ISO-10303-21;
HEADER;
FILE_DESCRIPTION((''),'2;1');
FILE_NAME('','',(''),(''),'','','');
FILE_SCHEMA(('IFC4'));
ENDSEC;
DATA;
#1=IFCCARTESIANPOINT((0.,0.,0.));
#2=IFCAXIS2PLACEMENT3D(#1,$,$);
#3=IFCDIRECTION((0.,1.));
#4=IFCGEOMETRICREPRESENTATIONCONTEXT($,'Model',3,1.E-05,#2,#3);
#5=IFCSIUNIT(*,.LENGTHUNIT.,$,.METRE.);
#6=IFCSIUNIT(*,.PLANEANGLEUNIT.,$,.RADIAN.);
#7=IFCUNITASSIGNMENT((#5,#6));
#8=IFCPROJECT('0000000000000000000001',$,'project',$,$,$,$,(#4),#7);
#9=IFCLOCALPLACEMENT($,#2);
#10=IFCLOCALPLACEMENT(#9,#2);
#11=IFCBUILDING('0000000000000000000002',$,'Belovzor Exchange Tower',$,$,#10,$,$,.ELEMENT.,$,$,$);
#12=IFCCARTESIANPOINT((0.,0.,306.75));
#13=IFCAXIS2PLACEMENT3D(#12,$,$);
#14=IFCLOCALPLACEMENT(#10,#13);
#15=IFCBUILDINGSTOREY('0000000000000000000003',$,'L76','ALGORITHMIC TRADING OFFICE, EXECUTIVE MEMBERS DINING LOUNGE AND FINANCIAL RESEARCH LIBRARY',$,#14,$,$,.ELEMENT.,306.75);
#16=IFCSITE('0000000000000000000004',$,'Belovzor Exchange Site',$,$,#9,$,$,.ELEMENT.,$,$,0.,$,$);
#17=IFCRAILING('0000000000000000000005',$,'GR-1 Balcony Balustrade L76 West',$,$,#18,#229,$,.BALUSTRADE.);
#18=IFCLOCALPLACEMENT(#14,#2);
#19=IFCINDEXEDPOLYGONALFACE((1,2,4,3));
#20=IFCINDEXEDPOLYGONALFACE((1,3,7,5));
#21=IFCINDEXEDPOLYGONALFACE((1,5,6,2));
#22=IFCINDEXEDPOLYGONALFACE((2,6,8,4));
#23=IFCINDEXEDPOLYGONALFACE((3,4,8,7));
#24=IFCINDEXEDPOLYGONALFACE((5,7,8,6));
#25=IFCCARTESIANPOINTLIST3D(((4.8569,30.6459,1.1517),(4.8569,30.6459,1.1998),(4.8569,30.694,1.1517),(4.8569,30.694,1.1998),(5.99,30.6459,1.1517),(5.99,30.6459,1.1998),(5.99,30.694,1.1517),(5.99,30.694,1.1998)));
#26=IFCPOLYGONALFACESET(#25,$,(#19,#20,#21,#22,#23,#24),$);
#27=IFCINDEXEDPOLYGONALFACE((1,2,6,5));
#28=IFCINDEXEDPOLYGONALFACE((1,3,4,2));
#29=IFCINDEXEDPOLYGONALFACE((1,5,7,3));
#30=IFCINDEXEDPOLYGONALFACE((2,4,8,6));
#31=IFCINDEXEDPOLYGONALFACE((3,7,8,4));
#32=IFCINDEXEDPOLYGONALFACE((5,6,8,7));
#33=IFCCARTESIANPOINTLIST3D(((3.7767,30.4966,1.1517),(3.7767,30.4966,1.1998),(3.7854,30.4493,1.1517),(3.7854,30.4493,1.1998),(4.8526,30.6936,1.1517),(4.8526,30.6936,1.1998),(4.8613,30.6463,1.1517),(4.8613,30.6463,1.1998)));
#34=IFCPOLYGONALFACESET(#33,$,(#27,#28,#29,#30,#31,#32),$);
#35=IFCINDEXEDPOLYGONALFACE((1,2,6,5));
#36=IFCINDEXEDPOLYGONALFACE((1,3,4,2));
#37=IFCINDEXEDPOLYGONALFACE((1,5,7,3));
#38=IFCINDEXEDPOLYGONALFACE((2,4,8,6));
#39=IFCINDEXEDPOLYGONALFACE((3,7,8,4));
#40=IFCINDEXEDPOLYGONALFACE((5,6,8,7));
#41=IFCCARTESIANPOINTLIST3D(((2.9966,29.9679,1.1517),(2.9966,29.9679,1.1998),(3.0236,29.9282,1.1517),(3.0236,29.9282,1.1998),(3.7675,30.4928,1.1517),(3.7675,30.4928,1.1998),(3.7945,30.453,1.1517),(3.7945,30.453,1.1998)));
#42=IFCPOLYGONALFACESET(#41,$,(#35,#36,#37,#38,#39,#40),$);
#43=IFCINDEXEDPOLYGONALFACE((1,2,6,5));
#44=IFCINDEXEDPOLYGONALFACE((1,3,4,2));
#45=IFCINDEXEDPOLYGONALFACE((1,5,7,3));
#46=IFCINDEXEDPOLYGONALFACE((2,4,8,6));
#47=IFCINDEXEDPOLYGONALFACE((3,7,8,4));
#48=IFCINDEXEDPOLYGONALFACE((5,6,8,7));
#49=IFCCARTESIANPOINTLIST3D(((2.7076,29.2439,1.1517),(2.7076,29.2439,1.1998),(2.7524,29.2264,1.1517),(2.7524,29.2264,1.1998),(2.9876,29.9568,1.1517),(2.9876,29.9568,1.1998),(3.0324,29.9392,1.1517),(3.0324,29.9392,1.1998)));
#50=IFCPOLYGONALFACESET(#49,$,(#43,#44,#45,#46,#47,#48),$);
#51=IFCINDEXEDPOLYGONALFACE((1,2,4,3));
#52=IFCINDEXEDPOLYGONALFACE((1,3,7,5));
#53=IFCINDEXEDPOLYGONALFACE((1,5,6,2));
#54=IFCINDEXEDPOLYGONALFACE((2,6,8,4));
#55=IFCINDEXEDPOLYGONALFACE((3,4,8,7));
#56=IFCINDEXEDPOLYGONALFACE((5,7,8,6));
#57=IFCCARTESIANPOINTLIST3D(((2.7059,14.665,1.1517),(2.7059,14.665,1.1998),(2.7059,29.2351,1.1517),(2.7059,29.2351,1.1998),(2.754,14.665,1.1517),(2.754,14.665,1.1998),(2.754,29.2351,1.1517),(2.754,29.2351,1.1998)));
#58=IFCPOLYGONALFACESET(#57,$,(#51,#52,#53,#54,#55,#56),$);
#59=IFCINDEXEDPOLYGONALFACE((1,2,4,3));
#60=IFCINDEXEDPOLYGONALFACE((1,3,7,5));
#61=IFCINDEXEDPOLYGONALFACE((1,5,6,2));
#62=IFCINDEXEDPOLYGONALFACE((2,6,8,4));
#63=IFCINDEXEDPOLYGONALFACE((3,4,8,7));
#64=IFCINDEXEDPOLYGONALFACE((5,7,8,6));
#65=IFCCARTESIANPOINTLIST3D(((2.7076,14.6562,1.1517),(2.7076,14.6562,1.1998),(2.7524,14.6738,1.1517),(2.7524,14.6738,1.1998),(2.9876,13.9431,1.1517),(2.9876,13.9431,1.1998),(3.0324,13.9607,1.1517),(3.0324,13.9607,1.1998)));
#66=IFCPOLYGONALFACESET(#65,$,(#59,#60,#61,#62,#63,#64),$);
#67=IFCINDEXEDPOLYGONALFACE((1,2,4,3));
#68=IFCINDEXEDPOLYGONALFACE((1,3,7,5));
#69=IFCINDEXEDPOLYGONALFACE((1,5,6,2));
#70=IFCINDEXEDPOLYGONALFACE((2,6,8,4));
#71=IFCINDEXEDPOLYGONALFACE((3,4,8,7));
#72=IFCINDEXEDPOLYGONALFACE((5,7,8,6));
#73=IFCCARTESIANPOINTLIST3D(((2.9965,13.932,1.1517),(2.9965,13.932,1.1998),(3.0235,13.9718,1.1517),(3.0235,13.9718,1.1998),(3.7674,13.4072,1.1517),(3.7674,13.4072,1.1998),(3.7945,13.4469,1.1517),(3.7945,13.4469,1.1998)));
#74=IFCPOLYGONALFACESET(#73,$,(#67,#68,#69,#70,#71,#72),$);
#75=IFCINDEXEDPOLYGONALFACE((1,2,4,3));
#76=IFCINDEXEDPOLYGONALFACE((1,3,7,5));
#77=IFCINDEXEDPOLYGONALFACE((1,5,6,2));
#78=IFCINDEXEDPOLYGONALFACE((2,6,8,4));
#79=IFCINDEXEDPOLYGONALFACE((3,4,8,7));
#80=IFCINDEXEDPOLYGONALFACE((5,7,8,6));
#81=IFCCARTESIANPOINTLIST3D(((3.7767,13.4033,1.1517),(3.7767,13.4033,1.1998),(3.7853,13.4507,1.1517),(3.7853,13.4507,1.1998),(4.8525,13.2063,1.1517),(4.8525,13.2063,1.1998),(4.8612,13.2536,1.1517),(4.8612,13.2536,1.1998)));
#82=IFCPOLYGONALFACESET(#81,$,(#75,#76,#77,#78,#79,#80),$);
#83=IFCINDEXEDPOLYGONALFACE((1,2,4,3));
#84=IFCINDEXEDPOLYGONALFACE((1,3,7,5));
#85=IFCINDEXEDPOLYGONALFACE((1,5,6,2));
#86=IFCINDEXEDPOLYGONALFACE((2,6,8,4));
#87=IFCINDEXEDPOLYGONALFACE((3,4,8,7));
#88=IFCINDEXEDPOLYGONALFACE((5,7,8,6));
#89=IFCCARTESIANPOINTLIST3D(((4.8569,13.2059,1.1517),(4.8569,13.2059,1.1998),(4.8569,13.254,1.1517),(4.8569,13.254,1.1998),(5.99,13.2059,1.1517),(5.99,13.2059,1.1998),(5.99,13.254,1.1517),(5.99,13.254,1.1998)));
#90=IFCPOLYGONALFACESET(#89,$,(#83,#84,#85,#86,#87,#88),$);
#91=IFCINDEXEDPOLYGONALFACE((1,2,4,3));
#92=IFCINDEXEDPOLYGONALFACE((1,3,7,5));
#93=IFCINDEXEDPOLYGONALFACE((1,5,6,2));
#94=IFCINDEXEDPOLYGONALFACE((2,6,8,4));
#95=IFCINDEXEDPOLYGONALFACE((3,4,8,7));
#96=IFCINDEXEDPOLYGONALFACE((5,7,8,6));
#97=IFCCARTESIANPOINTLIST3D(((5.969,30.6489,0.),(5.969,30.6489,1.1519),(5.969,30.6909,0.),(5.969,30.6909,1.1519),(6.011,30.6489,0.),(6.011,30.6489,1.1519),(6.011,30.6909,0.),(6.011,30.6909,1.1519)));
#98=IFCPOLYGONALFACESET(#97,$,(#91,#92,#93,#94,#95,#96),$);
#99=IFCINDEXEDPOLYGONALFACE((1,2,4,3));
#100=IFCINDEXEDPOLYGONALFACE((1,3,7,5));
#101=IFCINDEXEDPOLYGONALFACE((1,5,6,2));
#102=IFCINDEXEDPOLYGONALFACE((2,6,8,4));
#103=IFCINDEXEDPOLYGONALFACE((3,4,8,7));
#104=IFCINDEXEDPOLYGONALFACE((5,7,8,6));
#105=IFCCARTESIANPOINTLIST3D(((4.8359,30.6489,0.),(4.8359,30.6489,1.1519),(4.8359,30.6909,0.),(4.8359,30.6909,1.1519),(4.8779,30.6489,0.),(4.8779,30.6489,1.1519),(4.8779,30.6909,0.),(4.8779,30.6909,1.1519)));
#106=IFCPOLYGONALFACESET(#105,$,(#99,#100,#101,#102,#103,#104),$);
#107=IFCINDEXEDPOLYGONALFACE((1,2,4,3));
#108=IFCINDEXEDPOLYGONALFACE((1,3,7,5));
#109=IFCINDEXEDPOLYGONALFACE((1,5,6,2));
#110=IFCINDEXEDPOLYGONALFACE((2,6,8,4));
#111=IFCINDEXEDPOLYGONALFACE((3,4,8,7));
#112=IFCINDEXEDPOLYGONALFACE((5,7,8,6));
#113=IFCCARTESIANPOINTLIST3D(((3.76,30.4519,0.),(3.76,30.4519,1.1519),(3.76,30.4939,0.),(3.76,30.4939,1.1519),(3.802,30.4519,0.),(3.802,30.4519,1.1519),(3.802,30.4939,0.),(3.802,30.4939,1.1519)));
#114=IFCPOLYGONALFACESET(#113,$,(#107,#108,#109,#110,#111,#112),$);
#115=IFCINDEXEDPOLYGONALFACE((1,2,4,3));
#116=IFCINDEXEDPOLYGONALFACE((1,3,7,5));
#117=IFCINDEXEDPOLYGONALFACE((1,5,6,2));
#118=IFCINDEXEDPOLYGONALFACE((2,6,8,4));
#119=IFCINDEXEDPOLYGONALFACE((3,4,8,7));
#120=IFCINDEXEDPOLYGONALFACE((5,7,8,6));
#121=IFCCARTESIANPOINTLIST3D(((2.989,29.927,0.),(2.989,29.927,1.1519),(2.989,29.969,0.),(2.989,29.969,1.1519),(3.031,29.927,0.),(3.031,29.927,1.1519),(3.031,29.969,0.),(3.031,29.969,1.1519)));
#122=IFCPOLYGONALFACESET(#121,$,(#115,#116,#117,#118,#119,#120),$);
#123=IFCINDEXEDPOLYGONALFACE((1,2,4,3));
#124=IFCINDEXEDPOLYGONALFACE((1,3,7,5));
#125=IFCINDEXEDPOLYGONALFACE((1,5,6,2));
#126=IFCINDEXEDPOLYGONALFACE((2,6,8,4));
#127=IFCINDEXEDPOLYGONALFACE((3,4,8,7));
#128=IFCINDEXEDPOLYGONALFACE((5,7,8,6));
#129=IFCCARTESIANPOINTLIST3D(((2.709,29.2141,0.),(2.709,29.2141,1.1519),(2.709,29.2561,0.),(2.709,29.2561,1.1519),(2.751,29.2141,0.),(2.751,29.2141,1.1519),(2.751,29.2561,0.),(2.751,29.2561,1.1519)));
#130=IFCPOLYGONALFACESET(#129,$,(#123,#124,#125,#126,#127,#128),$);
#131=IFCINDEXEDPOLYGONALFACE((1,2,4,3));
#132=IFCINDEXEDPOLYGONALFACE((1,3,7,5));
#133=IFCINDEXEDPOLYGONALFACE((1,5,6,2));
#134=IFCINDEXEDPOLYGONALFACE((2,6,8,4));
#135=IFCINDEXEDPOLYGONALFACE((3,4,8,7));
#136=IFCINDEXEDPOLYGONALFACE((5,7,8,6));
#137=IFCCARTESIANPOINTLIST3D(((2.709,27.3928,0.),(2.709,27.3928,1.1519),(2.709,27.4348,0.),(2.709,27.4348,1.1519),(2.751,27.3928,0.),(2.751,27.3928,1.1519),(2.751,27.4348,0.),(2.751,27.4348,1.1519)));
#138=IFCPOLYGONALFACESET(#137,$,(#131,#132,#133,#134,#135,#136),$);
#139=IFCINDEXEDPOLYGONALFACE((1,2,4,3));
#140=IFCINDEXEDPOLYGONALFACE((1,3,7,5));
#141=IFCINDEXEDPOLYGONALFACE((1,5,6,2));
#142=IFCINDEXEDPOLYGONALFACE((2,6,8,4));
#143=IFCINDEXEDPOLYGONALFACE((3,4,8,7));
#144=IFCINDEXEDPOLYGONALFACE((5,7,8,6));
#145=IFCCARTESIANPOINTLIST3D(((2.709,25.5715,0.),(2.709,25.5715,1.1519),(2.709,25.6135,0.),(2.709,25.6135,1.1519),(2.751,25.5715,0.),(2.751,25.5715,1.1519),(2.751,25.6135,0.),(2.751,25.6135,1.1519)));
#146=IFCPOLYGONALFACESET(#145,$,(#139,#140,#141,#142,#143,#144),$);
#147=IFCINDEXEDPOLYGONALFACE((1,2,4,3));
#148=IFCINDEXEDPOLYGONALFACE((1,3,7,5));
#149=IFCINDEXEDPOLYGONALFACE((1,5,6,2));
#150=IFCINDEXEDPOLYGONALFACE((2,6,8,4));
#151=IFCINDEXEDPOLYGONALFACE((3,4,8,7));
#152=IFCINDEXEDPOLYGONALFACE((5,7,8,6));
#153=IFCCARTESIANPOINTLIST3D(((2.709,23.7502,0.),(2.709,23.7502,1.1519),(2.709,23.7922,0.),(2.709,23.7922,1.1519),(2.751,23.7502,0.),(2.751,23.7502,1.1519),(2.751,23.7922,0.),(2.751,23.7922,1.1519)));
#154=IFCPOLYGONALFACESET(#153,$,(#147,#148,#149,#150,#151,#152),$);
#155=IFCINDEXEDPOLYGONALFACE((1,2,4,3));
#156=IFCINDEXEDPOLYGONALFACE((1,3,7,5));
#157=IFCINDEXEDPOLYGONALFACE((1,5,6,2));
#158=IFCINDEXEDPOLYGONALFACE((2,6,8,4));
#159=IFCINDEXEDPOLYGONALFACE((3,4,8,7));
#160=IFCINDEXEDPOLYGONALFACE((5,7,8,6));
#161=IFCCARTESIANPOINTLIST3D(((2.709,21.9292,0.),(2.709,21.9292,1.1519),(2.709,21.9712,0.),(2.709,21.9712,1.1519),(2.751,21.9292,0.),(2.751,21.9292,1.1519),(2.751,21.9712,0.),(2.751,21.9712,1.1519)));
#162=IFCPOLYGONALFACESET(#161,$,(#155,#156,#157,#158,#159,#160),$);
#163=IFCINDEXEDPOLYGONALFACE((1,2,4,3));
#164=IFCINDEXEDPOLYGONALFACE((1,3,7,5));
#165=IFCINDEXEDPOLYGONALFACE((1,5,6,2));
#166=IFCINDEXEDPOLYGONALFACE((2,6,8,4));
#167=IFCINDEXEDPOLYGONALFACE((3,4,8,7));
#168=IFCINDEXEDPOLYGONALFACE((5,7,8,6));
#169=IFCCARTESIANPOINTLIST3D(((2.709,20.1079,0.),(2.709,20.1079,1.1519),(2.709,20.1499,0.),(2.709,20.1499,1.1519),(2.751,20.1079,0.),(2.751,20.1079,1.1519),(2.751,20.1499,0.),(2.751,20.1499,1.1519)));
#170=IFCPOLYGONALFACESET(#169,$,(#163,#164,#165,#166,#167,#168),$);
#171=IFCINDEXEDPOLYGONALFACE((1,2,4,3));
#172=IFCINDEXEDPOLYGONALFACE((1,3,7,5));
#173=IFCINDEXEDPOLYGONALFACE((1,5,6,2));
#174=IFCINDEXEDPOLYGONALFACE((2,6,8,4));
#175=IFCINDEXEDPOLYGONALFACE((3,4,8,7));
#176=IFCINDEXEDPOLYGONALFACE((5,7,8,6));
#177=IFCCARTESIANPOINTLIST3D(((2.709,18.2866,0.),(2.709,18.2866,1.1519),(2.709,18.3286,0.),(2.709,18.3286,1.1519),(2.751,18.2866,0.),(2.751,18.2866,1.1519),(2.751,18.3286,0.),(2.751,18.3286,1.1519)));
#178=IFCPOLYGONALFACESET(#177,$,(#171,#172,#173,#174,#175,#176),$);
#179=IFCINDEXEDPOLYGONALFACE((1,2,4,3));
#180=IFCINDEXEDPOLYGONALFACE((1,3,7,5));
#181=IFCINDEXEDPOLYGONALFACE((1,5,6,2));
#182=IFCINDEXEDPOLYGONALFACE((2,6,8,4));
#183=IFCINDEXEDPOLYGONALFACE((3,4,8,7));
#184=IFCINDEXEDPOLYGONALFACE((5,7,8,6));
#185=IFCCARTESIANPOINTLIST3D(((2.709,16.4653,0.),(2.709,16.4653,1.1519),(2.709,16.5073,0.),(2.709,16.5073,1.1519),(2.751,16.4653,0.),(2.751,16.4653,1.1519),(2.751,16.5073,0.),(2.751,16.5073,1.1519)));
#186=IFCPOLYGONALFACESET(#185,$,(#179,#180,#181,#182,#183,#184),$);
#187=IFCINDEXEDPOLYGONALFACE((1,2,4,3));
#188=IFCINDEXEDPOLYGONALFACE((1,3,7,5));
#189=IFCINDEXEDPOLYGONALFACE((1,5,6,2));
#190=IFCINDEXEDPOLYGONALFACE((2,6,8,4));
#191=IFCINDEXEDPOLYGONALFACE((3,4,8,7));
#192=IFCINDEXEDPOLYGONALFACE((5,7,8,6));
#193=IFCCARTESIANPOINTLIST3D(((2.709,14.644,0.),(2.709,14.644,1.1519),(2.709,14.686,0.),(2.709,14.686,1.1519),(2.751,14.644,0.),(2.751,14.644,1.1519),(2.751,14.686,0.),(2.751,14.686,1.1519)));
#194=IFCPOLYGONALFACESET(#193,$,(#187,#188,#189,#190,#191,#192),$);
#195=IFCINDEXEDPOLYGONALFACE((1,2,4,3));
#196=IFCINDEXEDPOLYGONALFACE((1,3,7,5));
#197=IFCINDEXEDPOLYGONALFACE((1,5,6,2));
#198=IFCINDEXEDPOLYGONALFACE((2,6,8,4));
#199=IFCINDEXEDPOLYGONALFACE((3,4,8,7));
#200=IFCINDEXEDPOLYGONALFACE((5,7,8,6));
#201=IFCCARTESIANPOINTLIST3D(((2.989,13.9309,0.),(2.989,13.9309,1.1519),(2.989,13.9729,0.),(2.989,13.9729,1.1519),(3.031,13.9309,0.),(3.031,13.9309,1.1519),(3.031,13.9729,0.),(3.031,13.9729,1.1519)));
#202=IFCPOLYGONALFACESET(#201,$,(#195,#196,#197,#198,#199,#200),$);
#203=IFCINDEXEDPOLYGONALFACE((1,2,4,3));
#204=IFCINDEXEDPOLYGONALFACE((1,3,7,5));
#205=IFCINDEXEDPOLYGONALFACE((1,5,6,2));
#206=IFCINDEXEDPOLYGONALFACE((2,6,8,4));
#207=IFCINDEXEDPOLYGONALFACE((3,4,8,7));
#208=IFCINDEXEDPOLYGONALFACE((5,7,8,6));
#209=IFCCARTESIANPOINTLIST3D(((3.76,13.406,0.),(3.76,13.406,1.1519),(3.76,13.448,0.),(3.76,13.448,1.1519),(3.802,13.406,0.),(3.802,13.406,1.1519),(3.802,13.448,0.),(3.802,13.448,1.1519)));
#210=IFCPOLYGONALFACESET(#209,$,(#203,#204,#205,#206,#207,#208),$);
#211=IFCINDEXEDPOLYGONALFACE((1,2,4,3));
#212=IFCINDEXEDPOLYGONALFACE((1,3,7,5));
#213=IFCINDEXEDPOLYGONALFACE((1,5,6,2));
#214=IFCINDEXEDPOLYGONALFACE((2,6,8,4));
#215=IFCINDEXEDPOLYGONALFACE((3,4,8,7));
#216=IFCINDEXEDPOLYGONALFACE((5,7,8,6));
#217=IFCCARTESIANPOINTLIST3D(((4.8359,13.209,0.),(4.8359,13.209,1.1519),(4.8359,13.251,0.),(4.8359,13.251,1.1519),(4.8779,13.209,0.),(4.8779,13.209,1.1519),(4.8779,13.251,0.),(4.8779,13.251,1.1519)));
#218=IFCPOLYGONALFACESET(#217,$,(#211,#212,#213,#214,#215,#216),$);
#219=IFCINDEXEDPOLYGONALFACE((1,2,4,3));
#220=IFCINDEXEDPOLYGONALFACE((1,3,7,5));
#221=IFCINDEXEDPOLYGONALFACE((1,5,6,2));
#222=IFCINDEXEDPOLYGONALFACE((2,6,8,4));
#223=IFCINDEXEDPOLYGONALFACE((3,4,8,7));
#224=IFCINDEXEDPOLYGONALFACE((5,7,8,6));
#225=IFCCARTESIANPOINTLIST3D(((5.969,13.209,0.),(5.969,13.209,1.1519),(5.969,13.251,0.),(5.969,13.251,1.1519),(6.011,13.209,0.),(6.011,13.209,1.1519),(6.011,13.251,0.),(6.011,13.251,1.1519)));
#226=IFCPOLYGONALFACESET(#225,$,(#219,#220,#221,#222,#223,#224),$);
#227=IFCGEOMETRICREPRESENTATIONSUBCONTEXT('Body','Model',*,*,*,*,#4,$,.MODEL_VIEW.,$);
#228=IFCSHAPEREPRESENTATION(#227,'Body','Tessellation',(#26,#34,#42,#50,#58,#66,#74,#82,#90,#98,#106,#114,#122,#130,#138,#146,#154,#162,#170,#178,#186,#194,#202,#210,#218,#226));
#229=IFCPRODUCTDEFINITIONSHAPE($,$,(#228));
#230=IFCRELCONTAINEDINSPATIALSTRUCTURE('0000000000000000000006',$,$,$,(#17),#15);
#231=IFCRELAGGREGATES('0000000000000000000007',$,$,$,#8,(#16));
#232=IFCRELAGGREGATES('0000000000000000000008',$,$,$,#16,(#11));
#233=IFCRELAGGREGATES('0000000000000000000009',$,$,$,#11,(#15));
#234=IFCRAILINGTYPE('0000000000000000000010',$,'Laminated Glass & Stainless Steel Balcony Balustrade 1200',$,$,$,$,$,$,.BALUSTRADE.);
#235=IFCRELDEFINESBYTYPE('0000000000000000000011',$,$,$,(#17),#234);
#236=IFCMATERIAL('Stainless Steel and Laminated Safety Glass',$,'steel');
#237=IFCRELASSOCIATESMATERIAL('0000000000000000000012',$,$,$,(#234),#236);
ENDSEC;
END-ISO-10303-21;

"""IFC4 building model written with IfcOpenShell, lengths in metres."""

from ifc_helpers import new_model, si_unit, direction, frame, origin, origin_2d, place, context, subcontext, project, spatial, rectangle, extrude, material, type_object, element, save


model = new_model("IFC4")

# Units and contexts
model_context = context("Model", 3, precision=1e-05, world=origin(), true_north=direction((0.0, 1.0)))
body_context = subcontext(model_context, "Body", "Model", "MODEL_VIEW")
ifc_project = project(units=[si_unit("LENGTHUNIT", "METRE"), si_unit("PLANEANGLEUNIT", "RADIAN")], contexts=[model_context])

# Site, building, storey
site_placement = place(None, origin())
site = spatial("IfcSite", under=ifc_project, at=site_placement, Name="Belovzor Exchange Site", CompositionType="ELEMENT", RefElevation=0.0)
building_placement = place(site_placement, origin())
building = spatial("IfcBuilding", under=site, at=building_placement, Name="Belovzor Exchange Tower", CompositionType="ELEMENT")
storey_placement = place(building_placement, frame((0.0, 0.0, 306.75)))
storey = spatial("IfcBuildingStorey", under=building, at=storey_placement, Name="L76", Description="ALGORITHMIC TRADING OFFICE, EXECUTIVE MEMBERS DINING LOUNGE AND FINANCIAL RESEARCH LIBRARY", CompositionType="ELEMENT", Elevation=306.75)

# Railing
ifc_material_1 = material(Name="Stainless Steel and Laminated Safety Glass", Category="steel")
railing_type = type_object("IfcRailingType", Name="Laminated Glass & Stainless Steel Balcony Balustrade 1200", PredefinedType="BALUSTRADE", material=ifc_material_1)
railing_placement = place(storey_placement, frame((5.99, 30.6699, 0.0)))
element("IfcRailing", 1, at=railing_placement, inside=storey, type_object=railing_type, Name="GR-1 Balcony Balustrade L76 West", PredefinedType="BALUSTRADE", context=body_context, shape_type="SweptSolid", body=[
    extrude(rectangle(XDim=0.0481, YDim=0.0481, at=origin_2d()), frame((0.0, 0.0, 1.1758), z_axis=(-1.0, 0.0, 0.0), x_axis=(0.0, -1.0, 0.0)), (0.0, 0.0, 1.0), 1.1331),
    extrude(rectangle(XDim=0.0481, YDim=0.0481, at=origin_2d()), frame((-1.1331, 0.0, 1.1758), z_axis=(-0.983644, -0.180123, 0.0), x_axis=(0.180123, -0.983644, 0.0)), (0.0, 0.0, 1.0), 1.0938),
    extrude(rectangle(XDim=0.0481, YDim=0.0481, at=origin_2d()), frame((-2.209, -0.197, 1.1758), z_axis=(-0.826615, -0.562768, 0.0), x_axis=(0.562768, -0.826615, 0.0)), (0.0, 0.0, 1.0), 0.9326),
    extrude(rectangle(XDim=0.0481, YDim=0.0481, at=origin_2d()), frame((-2.98, -0.7219, 1.1758), z_axis=(-0.365613, -0.930767, 0.0), x_axis=(0.930767, -0.365613, 0.0)), (0.0, 0.0, 1.0), 0.7659),
    extrude(rectangle(XDim=0.0481, YDim=0.0481, at=origin_2d()), frame((-3.26, -1.4348, 1.1758), z_axis=(0.0, -1.0, 0.0), x_axis=(1.0, 0.0, 0.0)), (0.0, 0.0, 1.0), 14.5701),
    extrude(rectangle(XDim=0.0481, YDim=0.0481, at=origin_2d()), frame((-3.26, -16.0049, 1.1758), z_axis=(0.365504, -0.93081, 0.0), x_axis=(0.93081, 0.365504, 0.0)), (0.0, 0.0, 1.0), 0.7661),
    extrude(rectangle(XDim=0.0481, YDim=0.0481, at=origin_2d()), frame((-2.98, -16.718, 1.1758), z_axis=(0.826615, -0.562768, 0.0), x_axis=(0.562768, 0.826615, 0.0)), (0.0, 0.0, 1.0), 0.9326),
    extrude(rectangle(XDim=0.0481, YDim=0.0481, at=origin_2d()), frame((-2.209, -17.2429, 1.1758), z_axis=(0.983644, -0.180123, 0.0), x_axis=(0.180123, 0.983644, 0.0)), (0.0, 0.0, 1.0), 1.0938),
    extrude(rectangle(XDim=0.0481, YDim=0.0481, at=origin_2d()), frame((-1.1331, -17.4399, 1.1758), z_axis=(1.0, 0.0, 0.0), x_axis=(0.0, 1.0, 0.0)), (0.0, 0.0, 1.0), 1.1331),
    extrude(rectangle(XDim=0.042, YDim=0.042, at=origin_2d()), origin(), (0.0, 0.0, 1.0), 1.1519),
    extrude(rectangle(XDim=0.042, YDim=0.042, at=origin_2d()), frame((-1.1331, 0.0, 0.0)), (0.0, 0.0, 1.0), 1.1519),
    extrude(rectangle(XDim=0.042, YDim=0.042, at=origin_2d()), frame((-2.209, -0.197, 0.0)), (0.0, 0.0, 1.0), 1.1519),
    extrude(rectangle(XDim=0.042, YDim=0.042, at=origin_2d()), frame((-2.98, -0.7219, 0.0)), (0.0, 0.0, 1.0), 1.1519),
    extrude(rectangle(XDim=0.042, YDim=0.042, at=origin_2d()), frame((-3.26, -1.4348, 0.0)), (0.0, 0.0, 1.0), 1.1519),
    extrude(rectangle(XDim=0.042, YDim=0.042, at=origin_2d()), frame((-3.26, -3.2561, 0.0)), (0.0, 0.0, 1.0), 1.1519),
    extrude(rectangle(XDim=0.042, YDim=0.042, at=origin_2d()), frame((-3.26, -5.0774, 0.0)), (0.0, 0.0, 1.0), 1.1519),
    extrude(rectangle(XDim=0.042, YDim=0.042, at=origin_2d()), frame((-3.26, -6.8987, 0.0)), (0.0, 0.0, 1.0), 1.1519),
    extrude(rectangle(XDim=0.042, YDim=0.042, at=origin_2d()), frame((-3.26, -8.7197, 0.0)), (0.0, 0.0, 1.0), 1.1519),
    extrude(rectangle(XDim=0.042, YDim=0.042, at=origin_2d()), frame((-3.26, -10.541, 0.0)), (0.0, 0.0, 1.0), 1.1519),
    extrude(rectangle(XDim=0.042, YDim=0.042, at=origin_2d()), frame((-3.26, -12.3623, 0.0)), (0.0, 0.0, 1.0), 1.1519),
    extrude(rectangle(XDim=0.042, YDim=0.042, at=origin_2d()), frame((-3.26, -14.1836, 0.0)), (0.0, 0.0, 1.0), 1.1519),
    extrude(rectangle(XDim=0.042, YDim=0.042, at=origin_2d()), frame((-3.26, -16.0049, 0.0)), (0.0, 0.0, 1.0), 1.1519),
    extrude(rectangle(XDim=0.042, YDim=0.042, at=origin_2d()), frame((-2.98, -16.718, 0.0)), (0.0, 0.0, 1.0), 1.1519),
    extrude(rectangle(XDim=0.042, YDim=0.042, at=origin_2d()), frame((-2.209, -17.2429, 0.0)), (0.0, 0.0, 1.0), 1.1519),
    extrude(rectangle(XDim=0.042, YDim=0.042, at=origin_2d()), frame((-1.1331, -17.4399, 0.0)), (0.0, 0.0, 1.0), 1.1519),
    extrude(rectangle(XDim=0.042, YDim=0.042, at=origin_2d()), frame((0.0, -17.4399, 0.0)), (0.0, 0.0, 1.0), 1.1519),
])

save(model, "model.ifc")
